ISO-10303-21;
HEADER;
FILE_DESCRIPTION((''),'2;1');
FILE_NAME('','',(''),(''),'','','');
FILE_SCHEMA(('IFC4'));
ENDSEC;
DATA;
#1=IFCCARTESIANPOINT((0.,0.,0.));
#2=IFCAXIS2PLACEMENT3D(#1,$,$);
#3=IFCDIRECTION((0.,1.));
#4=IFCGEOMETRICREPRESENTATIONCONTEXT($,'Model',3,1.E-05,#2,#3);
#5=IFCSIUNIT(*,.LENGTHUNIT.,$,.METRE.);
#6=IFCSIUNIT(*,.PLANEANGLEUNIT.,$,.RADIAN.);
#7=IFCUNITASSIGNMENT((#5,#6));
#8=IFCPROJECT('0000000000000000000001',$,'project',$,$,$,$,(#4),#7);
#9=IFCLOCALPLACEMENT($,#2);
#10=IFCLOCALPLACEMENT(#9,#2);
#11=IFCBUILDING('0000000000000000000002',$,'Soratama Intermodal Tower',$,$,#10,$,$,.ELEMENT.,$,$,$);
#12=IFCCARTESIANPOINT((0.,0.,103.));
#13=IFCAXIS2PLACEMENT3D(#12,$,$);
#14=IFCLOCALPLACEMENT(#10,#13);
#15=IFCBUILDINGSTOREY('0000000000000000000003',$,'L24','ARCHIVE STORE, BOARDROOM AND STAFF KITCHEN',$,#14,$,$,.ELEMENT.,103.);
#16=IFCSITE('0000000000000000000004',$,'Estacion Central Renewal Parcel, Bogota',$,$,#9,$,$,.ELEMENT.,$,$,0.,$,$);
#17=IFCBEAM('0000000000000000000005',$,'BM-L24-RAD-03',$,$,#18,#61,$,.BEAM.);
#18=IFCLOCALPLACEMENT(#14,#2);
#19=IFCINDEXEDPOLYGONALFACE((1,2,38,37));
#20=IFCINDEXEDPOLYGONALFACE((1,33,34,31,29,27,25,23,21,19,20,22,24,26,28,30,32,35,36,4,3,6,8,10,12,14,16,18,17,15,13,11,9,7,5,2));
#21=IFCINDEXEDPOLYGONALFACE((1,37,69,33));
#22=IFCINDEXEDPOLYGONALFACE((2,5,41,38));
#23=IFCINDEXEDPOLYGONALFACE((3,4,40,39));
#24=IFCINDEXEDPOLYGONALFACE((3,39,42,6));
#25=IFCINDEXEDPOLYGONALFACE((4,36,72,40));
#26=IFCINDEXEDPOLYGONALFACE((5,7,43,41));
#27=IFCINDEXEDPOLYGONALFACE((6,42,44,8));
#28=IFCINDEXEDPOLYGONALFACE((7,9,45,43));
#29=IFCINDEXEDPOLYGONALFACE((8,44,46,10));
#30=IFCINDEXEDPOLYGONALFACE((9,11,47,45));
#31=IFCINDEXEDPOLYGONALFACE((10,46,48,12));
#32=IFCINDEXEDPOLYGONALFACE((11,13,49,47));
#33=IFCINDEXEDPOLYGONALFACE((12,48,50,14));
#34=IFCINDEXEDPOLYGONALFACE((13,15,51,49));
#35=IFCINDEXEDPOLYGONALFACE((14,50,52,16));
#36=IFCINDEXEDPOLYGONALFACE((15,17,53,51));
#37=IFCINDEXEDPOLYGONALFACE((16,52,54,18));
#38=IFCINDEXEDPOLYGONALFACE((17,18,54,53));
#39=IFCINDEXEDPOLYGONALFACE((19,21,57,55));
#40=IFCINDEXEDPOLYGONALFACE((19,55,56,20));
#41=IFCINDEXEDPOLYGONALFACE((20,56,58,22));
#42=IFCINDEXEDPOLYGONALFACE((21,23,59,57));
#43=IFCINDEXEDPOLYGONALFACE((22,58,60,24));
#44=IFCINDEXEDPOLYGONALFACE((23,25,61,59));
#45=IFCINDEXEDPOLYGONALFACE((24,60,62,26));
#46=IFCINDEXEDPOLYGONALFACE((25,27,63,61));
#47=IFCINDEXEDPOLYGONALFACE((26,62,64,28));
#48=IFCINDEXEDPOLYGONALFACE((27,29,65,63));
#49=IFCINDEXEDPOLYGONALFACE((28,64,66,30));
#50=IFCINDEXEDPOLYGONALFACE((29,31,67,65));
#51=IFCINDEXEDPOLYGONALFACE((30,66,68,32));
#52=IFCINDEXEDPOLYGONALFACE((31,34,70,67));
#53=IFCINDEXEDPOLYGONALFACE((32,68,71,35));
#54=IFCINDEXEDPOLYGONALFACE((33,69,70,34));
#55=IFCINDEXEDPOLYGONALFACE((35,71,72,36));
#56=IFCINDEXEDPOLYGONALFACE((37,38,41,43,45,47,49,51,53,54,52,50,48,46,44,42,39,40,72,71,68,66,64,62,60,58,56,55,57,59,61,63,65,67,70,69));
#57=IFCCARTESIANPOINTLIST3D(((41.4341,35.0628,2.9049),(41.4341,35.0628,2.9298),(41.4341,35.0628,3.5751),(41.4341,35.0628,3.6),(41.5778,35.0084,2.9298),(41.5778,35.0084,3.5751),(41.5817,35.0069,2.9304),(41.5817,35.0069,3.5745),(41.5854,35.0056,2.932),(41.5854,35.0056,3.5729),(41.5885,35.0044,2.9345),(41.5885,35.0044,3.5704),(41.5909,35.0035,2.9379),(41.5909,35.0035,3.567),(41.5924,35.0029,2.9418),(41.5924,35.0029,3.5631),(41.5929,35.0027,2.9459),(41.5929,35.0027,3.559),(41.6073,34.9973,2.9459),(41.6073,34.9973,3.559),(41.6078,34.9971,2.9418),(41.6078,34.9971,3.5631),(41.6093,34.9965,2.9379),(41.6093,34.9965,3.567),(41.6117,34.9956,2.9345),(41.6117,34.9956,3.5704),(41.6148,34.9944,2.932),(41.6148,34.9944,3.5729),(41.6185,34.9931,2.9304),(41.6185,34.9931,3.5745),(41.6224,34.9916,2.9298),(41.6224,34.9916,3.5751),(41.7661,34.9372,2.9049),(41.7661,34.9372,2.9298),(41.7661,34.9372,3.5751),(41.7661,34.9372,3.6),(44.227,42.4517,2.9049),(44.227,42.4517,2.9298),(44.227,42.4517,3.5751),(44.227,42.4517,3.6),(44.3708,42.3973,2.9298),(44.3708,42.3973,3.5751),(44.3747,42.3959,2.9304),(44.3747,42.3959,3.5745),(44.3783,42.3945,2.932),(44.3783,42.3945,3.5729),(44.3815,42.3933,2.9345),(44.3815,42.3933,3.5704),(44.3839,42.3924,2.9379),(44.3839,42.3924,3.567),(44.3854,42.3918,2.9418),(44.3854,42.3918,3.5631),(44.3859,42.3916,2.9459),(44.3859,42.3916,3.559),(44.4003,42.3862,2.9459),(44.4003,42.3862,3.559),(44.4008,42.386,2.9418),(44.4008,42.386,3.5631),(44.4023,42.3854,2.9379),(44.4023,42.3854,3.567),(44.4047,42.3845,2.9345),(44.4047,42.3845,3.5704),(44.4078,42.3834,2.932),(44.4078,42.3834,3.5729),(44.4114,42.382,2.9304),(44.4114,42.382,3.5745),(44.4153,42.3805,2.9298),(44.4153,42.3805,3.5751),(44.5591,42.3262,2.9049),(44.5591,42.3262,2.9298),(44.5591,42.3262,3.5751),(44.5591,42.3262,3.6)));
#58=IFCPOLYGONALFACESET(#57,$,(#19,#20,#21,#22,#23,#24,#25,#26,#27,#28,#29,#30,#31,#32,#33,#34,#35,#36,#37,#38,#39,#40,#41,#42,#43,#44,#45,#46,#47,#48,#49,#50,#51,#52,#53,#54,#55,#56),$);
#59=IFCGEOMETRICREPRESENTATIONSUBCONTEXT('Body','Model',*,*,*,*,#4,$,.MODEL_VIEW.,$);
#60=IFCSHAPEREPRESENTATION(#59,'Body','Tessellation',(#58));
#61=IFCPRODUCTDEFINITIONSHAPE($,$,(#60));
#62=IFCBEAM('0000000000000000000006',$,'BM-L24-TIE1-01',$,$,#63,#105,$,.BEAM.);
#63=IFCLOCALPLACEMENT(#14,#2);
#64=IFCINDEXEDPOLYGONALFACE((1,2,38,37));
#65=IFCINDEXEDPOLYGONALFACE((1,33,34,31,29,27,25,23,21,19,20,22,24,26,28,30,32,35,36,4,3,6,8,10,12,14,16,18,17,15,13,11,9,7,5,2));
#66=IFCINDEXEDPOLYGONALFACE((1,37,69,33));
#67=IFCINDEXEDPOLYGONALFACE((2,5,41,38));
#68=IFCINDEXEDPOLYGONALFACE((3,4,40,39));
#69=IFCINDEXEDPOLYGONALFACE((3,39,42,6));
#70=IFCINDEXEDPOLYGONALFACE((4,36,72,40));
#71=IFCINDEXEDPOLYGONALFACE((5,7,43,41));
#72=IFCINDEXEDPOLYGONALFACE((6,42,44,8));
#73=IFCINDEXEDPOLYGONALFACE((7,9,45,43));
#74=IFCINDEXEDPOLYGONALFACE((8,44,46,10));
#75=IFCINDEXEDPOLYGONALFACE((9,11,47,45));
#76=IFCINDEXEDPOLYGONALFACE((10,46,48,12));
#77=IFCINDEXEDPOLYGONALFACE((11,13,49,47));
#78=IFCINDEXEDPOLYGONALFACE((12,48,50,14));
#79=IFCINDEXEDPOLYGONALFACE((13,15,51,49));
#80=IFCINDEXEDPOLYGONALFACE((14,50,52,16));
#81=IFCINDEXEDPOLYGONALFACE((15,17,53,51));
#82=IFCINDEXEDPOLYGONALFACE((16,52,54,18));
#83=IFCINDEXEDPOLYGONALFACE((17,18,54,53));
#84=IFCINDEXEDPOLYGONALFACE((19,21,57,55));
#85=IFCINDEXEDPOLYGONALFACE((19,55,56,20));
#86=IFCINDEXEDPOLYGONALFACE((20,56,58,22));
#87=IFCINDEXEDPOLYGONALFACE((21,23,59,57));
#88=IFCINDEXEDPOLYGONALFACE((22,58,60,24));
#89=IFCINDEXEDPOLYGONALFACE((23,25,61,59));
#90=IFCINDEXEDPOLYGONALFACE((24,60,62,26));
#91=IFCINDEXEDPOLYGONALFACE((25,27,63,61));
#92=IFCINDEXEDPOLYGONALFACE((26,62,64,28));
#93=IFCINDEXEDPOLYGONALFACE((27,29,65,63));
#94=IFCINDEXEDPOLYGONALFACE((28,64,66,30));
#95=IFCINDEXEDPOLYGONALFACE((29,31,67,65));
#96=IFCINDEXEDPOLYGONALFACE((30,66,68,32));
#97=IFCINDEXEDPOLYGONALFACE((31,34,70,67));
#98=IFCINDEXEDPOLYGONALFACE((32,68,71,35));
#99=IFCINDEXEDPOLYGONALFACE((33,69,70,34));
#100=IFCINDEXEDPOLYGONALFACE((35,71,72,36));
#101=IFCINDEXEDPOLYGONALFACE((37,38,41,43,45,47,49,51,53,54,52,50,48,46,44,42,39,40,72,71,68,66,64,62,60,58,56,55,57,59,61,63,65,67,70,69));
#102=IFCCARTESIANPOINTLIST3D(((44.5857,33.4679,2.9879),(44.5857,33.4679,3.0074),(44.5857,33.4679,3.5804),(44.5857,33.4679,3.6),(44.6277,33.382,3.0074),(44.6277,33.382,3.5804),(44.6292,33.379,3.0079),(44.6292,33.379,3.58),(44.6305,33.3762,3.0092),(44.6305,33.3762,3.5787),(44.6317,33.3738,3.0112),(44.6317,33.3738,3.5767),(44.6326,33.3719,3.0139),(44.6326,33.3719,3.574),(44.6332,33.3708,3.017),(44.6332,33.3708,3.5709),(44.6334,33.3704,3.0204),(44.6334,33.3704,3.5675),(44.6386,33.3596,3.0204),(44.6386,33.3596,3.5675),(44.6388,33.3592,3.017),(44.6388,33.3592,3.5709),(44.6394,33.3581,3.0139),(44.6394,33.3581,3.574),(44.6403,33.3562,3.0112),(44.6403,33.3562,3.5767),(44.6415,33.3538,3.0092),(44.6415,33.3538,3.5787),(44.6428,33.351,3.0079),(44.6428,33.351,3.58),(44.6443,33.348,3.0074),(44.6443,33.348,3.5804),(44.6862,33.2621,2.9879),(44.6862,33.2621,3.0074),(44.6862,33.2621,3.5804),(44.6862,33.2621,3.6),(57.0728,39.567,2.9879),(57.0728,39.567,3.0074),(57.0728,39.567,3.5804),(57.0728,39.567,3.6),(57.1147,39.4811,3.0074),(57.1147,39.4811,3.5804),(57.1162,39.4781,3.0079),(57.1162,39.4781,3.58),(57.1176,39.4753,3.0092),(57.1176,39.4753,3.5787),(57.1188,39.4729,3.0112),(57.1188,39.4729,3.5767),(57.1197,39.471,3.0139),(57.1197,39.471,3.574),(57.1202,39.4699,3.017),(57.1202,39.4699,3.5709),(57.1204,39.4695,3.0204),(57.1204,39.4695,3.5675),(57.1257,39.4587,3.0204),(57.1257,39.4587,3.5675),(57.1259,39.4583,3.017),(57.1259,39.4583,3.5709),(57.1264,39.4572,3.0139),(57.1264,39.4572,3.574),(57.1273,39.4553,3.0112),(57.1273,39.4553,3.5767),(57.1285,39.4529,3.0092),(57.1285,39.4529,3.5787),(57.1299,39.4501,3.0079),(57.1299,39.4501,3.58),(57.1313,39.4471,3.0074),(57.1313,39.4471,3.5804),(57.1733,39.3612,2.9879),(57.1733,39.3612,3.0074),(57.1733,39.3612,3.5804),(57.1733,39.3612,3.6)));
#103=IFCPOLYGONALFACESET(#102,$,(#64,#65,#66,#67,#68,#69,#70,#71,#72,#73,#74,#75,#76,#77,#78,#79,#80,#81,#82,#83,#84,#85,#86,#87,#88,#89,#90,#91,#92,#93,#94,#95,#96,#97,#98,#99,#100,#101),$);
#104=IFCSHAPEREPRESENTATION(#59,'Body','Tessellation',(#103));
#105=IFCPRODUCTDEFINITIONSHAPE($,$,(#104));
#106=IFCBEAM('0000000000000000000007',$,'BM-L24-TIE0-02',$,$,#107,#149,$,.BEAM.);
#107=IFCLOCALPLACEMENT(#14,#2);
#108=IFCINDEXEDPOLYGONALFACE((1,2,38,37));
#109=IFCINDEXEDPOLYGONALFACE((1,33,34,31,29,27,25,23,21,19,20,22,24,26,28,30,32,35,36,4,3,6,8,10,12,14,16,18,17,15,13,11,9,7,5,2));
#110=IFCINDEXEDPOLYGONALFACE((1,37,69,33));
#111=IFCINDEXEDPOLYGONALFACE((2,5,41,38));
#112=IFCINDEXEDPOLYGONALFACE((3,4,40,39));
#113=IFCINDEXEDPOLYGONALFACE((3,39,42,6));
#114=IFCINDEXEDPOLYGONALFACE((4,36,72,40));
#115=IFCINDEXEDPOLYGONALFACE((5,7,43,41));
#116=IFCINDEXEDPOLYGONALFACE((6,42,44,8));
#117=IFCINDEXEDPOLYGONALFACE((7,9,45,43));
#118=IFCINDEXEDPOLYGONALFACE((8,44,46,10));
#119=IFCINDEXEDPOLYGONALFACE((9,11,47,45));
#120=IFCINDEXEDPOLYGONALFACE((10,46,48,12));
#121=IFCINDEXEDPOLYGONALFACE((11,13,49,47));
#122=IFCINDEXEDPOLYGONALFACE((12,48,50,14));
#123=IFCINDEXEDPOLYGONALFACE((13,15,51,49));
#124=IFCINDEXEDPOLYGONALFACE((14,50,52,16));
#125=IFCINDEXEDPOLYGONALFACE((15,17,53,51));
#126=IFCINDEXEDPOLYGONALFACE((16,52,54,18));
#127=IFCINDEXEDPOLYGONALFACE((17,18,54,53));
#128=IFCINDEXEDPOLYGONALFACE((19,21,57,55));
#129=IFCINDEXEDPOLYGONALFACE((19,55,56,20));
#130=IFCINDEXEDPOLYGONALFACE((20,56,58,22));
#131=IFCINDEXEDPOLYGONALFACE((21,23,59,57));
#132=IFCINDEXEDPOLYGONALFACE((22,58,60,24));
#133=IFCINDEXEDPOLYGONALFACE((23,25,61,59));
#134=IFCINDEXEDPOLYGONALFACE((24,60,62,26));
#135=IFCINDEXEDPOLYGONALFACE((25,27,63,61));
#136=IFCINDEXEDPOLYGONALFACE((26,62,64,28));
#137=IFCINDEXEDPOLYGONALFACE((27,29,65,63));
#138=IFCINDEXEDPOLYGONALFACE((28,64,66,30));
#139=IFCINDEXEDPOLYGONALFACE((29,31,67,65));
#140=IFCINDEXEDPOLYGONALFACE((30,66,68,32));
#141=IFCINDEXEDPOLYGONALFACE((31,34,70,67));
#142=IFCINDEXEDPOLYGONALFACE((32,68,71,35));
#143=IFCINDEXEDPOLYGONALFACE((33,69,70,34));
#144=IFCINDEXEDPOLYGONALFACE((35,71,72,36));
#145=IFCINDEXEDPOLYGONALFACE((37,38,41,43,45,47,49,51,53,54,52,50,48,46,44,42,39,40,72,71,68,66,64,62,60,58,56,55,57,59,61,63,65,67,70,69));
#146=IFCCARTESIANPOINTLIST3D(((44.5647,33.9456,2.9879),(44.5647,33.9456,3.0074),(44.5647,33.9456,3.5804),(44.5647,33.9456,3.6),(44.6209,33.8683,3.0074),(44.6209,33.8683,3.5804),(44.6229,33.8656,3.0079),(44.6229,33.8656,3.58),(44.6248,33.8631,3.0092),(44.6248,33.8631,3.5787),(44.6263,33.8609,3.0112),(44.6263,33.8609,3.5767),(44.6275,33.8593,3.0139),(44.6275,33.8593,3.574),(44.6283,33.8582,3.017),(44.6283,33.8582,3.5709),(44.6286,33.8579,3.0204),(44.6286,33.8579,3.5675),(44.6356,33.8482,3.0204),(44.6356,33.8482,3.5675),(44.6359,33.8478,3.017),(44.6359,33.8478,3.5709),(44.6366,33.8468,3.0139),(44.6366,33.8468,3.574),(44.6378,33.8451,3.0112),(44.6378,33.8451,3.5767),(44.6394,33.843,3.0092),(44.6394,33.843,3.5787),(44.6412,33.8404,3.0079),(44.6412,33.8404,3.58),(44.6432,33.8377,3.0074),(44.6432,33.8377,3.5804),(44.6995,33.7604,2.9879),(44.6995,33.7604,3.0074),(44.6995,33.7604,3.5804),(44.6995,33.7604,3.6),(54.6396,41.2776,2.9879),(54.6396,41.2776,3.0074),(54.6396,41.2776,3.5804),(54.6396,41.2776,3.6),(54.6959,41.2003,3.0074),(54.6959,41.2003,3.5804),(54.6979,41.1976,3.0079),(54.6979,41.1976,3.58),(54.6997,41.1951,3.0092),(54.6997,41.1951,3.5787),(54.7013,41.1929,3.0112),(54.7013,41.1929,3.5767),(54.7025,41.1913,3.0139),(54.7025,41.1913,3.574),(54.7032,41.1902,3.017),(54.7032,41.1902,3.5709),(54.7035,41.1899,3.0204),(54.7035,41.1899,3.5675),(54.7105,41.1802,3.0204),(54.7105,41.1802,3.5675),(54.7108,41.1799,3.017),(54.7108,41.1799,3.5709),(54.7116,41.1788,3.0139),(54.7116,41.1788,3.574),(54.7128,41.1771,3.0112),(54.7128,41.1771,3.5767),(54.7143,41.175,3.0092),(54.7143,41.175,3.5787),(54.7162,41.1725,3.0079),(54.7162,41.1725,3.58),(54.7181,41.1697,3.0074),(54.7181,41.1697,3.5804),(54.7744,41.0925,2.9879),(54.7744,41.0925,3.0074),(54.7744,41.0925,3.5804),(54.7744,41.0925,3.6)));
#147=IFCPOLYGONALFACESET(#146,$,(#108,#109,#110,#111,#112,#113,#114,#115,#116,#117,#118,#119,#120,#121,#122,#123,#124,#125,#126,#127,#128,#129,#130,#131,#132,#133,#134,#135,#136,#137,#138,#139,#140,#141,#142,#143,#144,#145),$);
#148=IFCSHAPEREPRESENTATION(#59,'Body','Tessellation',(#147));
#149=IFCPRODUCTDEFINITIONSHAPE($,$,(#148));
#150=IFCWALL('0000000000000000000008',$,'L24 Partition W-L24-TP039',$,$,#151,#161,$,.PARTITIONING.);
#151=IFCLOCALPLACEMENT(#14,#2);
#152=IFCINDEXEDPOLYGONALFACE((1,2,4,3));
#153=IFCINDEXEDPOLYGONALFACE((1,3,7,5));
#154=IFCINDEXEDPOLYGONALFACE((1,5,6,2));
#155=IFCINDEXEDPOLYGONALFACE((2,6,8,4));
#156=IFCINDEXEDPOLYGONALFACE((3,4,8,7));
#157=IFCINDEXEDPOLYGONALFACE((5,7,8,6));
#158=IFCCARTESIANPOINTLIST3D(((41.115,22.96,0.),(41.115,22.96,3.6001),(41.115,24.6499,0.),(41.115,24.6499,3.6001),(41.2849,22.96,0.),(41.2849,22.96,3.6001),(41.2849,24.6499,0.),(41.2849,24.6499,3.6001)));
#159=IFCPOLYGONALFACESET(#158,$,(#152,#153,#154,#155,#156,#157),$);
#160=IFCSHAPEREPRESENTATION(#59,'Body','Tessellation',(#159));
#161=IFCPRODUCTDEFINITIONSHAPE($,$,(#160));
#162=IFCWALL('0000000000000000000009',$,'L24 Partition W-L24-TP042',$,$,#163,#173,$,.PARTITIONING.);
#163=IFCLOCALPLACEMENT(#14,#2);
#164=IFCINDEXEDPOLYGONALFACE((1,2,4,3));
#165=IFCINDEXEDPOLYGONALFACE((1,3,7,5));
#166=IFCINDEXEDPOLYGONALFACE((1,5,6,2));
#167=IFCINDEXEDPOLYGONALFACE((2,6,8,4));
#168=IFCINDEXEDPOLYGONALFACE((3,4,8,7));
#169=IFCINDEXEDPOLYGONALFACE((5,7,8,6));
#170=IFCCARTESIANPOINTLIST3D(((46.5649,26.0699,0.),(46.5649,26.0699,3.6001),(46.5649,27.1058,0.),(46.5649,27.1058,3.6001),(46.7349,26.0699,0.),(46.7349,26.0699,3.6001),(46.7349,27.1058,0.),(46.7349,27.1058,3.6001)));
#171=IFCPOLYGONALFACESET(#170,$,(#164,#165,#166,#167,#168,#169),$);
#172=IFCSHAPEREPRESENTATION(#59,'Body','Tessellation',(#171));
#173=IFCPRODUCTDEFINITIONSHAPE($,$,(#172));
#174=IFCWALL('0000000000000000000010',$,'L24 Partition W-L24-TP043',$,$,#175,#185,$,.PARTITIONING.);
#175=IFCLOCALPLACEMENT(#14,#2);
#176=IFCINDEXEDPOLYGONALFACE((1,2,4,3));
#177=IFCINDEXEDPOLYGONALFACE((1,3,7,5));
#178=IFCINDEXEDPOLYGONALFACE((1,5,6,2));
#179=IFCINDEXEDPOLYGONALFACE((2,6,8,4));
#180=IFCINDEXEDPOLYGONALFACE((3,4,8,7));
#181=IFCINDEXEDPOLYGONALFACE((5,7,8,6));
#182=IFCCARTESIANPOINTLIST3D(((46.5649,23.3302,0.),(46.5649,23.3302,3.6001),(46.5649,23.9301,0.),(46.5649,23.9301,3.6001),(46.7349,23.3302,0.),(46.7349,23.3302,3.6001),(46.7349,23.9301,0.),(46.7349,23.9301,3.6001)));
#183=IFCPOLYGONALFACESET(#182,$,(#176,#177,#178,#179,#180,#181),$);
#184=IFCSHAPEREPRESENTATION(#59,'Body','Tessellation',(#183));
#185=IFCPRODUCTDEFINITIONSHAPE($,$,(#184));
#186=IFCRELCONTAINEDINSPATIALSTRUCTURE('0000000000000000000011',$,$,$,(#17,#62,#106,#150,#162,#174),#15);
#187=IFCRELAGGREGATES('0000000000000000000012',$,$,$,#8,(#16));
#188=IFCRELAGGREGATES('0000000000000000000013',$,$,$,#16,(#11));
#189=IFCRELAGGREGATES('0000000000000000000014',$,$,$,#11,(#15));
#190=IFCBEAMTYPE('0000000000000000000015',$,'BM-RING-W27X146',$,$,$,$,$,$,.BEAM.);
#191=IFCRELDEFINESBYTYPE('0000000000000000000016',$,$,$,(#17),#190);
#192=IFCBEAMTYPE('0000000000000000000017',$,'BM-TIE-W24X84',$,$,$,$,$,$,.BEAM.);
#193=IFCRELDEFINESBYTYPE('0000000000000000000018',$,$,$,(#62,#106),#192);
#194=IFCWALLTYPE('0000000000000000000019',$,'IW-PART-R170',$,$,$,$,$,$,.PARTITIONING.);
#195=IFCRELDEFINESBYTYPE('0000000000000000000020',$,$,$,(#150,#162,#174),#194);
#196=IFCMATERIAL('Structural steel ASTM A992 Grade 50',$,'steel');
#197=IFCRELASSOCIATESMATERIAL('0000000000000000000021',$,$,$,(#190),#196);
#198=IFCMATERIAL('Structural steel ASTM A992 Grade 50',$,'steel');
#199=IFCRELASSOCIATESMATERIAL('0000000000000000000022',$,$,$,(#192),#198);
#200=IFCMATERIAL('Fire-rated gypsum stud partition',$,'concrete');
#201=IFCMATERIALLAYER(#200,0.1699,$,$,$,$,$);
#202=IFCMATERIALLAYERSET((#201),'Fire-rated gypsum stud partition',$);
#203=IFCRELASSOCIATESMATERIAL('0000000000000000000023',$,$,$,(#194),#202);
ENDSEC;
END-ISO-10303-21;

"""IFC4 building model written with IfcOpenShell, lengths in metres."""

from ifc_helpers import new_model, si_unit, direction, frame, frame_2d, origin, origin_2d, place, context, subcontext, project, spatial, rectangle, i_section, extrude, material, layer, layer_set, material_profile, profile_set, type_object, element, save


model = new_model("IFC4")

# Units and contexts
model_context = context("Model", 3, precision=1e-05, world=origin(), true_north=direction((0.0, 1.0)))
body_context = subcontext(model_context, "Body", "Model", "MODEL_VIEW")
ifc_project = project(units=[si_unit("LENGTHUNIT", "METRE"), si_unit("PLANEANGLEUNIT", "RADIAN")], contexts=[model_context])

# Site, building, storey
site_placement = place(None, origin())
site = spatial("IfcSite", under=ifc_project, at=site_placement, Name="Estacion Central Renewal Parcel, Bogota", CompositionType="ELEMENT", RefElevation=0.0)
building_placement = place(site_placement, origin())
building = spatial("IfcBuilding", under=site, at=building_placement, Name="Soratama Intermodal Tower", CompositionType="ELEMENT")
storey_placement = place(building_placement, frame((0.0, 0.0, 103.0)))
storey = spatial("IfcBuildingStorey", under=building, at=storey_placement, Name="L24", Description="ARCHIVE STORE, BOARDROOM AND STAFF KITCHEN", CompositionType="ELEMENT", Elevation=103.0)

# Beams
ifc_material_1 = material(Name="Structural steel ASTM A992 Grade 50", Category="steel")
ifc_material_profile_1 = material_profile(ifc_material_1, i_section(OverallWidth=0.355, OverallDepth=0.6951, WebThickness=0.0154, FlangeThickness=0.0249, FilletRadius=0.0161, at=origin_2d()), Name="W27X146")
ifc_profile_set_1 = profile_set([ifc_material_profile_1], Name="Structural steel ASTM A992 Grade 50")
beam_type_1 = type_object("IfcBeamType", Name="BM-RING-W27X146", PredefinedType="BEAM", material=ifc_profile_set_1)
beam_1_placement = place(storey_placement, frame((41.6001, 35.0, 3.2524), z_axis=(0.353578, 0.935405, 0.0), x_axis=(-0.935405, 0.353578, 0.0)))
element("IfcBeam", 1, at=beam_1_placement, inside=storey, type_object=beam_type_1, Name="BM-L24-RAD-03", PredefinedType="BEAM", context=body_context, shape_type="SweptSolid", body=[
    extrude(i_section(OverallWidth=0.355, OverallDepth=0.6951, WebThickness=0.0154, FlangeThickness=0.0249, FilletRadius=0.0161, at=origin_2d()), origin(), (0.0, 0.0, 1.0), 7.8992),
])
ifc_material_2 = material(Name="Structural steel ASTM A992 Grade 50", Category="steel")
ifc_material_profile_2 = material_profile(ifc_material_2, i_section(OverallWidth=0.229, OverallDepth=0.6121, WebThickness=0.012, FlangeThickness=0.0195, FilletRadius=0.0129, at=origin_2d()), Name="W24X84")
ifc_profile_set_2 = profile_set([ifc_material_profile_2], Name="Structural steel ASTM A992 Grade 50")
beam_type_2 = type_object("IfcBeamType", Name="BM-TIE-W24X84", PredefinedType="BEAM", material=ifc_profile_set_2)
beam_2_placement = place(storey_placement, frame((44.636, 33.365, 3.2939), z_axis=(0.898545, 0.438881, 0.0), x_axis=(-0.438881, 0.898545, 0.0)))
element("IfcBeam", 2, at=beam_2_placement, inside=storey, type_object=beam_type_2, Name="BM-L24-TIE1-01", PredefinedType="BEAM", context=body_context, shape_type="SweptSolid", body=[
    extrude(i_section(OverallWidth=0.229, OverallDepth=0.6121, WebThickness=0.012, FlangeThickness=0.0195, FilletRadius=0.0129, at=origin_2d()), origin(), (0.0, 0.0, 1.0), 13.897),
])
beam_3_placement = place(storey_placement, frame((44.6321, 33.853, 3.2939), z_axis=(0.808553, 0.588423, 0.0), x_axis=(-0.588423, 0.808553, 0.0)))
element("IfcBeam", 3, at=beam_3_placement, inside=storey, type_object=beam_type_2, Name="BM-L24-TIE0-02", PredefinedType="BEAM", context=body_context, shape_type="SweptSolid", body=[
    extrude(i_section(OverallWidth=0.229, OverallDepth=0.6121, WebThickness=0.012, FlangeThickness=0.0195, FilletRadius=0.0129, at=origin_2d()), origin(), (0.0, 0.0, 1.0), 12.4604),
])

# Shared definitions
ifc_material_3 = material(Name="Fire-rated gypsum stud partition", Category="concrete")
ifc_layer_1 = layer(ifc_material_3, 0.1699)
ifc_layer_set_1 = layer_set([ifc_layer_1], Name="Fire-rated gypsum stud partition")
wall_type_1 = type_object("IfcWallType", Name="IW-PART-R170", PredefinedType="PARTITIONING", material=ifc_layer_set_1)

# Walls
wall_1_placement = place(storey_placement, frame((41.2, 22.96, 0.0), z_axis=(0.0, 0.0, 1.0), x_axis=(0.0, 1.0, 0.0)))
element("IfcWall", 4, at=wall_1_placement, inside=storey, type_object=wall_type_1, Name="L24 Partition W-L24-TP039", PredefinedType="PARTITIONING", context=body_context, shape_type="SweptSolid", body=[
    extrude(rectangle(XDim=1.6899, YDim=0.1699, at=frame_2d((0.845, 0.0))), origin(), (0.0, 0.0, 1.0), 3.6001),
])
wall_2_placement = place(storey_placement, frame((46.6499, 27.106, 0.0), z_axis=(0.0, 0.0, 1.0), x_axis=(0.0, -1.0, 0.0)))
element("IfcWall", 5, at=wall_2_placement, inside=storey, type_object=wall_type_1, Name="L24 Partition W-L24-TP042", PredefinedType="PARTITIONING", context=body_context, shape_type="SweptSolid", body=[
    extrude(rectangle(XDim=1.0359, YDim=0.1699, at=frame_2d((0.5181, 0.0))), origin(), (0.0, 0.0, 1.0), 3.6001),
])
wall_3_placement = place(storey_placement, frame((46.6499, 23.9299, 0.0), z_axis=(0.0, 0.0, 1.0), x_axis=(0.0, -1.0, 0.0)))
element("IfcWall", 6, at=wall_3_placement, inside=storey, type_object=wall_type_1, Name="L24 Partition W-L24-TP043", PredefinedType="PARTITIONING", context=body_context, shape_type="SweptSolid", body=[
    extrude(rectangle(XDim=0.5999, YDim=0.1699, at=frame_2d((0.2998, 0.0))), origin(), (0.0, 0.0, 1.0), 3.6001),
])

save(model, "model.ifc")
